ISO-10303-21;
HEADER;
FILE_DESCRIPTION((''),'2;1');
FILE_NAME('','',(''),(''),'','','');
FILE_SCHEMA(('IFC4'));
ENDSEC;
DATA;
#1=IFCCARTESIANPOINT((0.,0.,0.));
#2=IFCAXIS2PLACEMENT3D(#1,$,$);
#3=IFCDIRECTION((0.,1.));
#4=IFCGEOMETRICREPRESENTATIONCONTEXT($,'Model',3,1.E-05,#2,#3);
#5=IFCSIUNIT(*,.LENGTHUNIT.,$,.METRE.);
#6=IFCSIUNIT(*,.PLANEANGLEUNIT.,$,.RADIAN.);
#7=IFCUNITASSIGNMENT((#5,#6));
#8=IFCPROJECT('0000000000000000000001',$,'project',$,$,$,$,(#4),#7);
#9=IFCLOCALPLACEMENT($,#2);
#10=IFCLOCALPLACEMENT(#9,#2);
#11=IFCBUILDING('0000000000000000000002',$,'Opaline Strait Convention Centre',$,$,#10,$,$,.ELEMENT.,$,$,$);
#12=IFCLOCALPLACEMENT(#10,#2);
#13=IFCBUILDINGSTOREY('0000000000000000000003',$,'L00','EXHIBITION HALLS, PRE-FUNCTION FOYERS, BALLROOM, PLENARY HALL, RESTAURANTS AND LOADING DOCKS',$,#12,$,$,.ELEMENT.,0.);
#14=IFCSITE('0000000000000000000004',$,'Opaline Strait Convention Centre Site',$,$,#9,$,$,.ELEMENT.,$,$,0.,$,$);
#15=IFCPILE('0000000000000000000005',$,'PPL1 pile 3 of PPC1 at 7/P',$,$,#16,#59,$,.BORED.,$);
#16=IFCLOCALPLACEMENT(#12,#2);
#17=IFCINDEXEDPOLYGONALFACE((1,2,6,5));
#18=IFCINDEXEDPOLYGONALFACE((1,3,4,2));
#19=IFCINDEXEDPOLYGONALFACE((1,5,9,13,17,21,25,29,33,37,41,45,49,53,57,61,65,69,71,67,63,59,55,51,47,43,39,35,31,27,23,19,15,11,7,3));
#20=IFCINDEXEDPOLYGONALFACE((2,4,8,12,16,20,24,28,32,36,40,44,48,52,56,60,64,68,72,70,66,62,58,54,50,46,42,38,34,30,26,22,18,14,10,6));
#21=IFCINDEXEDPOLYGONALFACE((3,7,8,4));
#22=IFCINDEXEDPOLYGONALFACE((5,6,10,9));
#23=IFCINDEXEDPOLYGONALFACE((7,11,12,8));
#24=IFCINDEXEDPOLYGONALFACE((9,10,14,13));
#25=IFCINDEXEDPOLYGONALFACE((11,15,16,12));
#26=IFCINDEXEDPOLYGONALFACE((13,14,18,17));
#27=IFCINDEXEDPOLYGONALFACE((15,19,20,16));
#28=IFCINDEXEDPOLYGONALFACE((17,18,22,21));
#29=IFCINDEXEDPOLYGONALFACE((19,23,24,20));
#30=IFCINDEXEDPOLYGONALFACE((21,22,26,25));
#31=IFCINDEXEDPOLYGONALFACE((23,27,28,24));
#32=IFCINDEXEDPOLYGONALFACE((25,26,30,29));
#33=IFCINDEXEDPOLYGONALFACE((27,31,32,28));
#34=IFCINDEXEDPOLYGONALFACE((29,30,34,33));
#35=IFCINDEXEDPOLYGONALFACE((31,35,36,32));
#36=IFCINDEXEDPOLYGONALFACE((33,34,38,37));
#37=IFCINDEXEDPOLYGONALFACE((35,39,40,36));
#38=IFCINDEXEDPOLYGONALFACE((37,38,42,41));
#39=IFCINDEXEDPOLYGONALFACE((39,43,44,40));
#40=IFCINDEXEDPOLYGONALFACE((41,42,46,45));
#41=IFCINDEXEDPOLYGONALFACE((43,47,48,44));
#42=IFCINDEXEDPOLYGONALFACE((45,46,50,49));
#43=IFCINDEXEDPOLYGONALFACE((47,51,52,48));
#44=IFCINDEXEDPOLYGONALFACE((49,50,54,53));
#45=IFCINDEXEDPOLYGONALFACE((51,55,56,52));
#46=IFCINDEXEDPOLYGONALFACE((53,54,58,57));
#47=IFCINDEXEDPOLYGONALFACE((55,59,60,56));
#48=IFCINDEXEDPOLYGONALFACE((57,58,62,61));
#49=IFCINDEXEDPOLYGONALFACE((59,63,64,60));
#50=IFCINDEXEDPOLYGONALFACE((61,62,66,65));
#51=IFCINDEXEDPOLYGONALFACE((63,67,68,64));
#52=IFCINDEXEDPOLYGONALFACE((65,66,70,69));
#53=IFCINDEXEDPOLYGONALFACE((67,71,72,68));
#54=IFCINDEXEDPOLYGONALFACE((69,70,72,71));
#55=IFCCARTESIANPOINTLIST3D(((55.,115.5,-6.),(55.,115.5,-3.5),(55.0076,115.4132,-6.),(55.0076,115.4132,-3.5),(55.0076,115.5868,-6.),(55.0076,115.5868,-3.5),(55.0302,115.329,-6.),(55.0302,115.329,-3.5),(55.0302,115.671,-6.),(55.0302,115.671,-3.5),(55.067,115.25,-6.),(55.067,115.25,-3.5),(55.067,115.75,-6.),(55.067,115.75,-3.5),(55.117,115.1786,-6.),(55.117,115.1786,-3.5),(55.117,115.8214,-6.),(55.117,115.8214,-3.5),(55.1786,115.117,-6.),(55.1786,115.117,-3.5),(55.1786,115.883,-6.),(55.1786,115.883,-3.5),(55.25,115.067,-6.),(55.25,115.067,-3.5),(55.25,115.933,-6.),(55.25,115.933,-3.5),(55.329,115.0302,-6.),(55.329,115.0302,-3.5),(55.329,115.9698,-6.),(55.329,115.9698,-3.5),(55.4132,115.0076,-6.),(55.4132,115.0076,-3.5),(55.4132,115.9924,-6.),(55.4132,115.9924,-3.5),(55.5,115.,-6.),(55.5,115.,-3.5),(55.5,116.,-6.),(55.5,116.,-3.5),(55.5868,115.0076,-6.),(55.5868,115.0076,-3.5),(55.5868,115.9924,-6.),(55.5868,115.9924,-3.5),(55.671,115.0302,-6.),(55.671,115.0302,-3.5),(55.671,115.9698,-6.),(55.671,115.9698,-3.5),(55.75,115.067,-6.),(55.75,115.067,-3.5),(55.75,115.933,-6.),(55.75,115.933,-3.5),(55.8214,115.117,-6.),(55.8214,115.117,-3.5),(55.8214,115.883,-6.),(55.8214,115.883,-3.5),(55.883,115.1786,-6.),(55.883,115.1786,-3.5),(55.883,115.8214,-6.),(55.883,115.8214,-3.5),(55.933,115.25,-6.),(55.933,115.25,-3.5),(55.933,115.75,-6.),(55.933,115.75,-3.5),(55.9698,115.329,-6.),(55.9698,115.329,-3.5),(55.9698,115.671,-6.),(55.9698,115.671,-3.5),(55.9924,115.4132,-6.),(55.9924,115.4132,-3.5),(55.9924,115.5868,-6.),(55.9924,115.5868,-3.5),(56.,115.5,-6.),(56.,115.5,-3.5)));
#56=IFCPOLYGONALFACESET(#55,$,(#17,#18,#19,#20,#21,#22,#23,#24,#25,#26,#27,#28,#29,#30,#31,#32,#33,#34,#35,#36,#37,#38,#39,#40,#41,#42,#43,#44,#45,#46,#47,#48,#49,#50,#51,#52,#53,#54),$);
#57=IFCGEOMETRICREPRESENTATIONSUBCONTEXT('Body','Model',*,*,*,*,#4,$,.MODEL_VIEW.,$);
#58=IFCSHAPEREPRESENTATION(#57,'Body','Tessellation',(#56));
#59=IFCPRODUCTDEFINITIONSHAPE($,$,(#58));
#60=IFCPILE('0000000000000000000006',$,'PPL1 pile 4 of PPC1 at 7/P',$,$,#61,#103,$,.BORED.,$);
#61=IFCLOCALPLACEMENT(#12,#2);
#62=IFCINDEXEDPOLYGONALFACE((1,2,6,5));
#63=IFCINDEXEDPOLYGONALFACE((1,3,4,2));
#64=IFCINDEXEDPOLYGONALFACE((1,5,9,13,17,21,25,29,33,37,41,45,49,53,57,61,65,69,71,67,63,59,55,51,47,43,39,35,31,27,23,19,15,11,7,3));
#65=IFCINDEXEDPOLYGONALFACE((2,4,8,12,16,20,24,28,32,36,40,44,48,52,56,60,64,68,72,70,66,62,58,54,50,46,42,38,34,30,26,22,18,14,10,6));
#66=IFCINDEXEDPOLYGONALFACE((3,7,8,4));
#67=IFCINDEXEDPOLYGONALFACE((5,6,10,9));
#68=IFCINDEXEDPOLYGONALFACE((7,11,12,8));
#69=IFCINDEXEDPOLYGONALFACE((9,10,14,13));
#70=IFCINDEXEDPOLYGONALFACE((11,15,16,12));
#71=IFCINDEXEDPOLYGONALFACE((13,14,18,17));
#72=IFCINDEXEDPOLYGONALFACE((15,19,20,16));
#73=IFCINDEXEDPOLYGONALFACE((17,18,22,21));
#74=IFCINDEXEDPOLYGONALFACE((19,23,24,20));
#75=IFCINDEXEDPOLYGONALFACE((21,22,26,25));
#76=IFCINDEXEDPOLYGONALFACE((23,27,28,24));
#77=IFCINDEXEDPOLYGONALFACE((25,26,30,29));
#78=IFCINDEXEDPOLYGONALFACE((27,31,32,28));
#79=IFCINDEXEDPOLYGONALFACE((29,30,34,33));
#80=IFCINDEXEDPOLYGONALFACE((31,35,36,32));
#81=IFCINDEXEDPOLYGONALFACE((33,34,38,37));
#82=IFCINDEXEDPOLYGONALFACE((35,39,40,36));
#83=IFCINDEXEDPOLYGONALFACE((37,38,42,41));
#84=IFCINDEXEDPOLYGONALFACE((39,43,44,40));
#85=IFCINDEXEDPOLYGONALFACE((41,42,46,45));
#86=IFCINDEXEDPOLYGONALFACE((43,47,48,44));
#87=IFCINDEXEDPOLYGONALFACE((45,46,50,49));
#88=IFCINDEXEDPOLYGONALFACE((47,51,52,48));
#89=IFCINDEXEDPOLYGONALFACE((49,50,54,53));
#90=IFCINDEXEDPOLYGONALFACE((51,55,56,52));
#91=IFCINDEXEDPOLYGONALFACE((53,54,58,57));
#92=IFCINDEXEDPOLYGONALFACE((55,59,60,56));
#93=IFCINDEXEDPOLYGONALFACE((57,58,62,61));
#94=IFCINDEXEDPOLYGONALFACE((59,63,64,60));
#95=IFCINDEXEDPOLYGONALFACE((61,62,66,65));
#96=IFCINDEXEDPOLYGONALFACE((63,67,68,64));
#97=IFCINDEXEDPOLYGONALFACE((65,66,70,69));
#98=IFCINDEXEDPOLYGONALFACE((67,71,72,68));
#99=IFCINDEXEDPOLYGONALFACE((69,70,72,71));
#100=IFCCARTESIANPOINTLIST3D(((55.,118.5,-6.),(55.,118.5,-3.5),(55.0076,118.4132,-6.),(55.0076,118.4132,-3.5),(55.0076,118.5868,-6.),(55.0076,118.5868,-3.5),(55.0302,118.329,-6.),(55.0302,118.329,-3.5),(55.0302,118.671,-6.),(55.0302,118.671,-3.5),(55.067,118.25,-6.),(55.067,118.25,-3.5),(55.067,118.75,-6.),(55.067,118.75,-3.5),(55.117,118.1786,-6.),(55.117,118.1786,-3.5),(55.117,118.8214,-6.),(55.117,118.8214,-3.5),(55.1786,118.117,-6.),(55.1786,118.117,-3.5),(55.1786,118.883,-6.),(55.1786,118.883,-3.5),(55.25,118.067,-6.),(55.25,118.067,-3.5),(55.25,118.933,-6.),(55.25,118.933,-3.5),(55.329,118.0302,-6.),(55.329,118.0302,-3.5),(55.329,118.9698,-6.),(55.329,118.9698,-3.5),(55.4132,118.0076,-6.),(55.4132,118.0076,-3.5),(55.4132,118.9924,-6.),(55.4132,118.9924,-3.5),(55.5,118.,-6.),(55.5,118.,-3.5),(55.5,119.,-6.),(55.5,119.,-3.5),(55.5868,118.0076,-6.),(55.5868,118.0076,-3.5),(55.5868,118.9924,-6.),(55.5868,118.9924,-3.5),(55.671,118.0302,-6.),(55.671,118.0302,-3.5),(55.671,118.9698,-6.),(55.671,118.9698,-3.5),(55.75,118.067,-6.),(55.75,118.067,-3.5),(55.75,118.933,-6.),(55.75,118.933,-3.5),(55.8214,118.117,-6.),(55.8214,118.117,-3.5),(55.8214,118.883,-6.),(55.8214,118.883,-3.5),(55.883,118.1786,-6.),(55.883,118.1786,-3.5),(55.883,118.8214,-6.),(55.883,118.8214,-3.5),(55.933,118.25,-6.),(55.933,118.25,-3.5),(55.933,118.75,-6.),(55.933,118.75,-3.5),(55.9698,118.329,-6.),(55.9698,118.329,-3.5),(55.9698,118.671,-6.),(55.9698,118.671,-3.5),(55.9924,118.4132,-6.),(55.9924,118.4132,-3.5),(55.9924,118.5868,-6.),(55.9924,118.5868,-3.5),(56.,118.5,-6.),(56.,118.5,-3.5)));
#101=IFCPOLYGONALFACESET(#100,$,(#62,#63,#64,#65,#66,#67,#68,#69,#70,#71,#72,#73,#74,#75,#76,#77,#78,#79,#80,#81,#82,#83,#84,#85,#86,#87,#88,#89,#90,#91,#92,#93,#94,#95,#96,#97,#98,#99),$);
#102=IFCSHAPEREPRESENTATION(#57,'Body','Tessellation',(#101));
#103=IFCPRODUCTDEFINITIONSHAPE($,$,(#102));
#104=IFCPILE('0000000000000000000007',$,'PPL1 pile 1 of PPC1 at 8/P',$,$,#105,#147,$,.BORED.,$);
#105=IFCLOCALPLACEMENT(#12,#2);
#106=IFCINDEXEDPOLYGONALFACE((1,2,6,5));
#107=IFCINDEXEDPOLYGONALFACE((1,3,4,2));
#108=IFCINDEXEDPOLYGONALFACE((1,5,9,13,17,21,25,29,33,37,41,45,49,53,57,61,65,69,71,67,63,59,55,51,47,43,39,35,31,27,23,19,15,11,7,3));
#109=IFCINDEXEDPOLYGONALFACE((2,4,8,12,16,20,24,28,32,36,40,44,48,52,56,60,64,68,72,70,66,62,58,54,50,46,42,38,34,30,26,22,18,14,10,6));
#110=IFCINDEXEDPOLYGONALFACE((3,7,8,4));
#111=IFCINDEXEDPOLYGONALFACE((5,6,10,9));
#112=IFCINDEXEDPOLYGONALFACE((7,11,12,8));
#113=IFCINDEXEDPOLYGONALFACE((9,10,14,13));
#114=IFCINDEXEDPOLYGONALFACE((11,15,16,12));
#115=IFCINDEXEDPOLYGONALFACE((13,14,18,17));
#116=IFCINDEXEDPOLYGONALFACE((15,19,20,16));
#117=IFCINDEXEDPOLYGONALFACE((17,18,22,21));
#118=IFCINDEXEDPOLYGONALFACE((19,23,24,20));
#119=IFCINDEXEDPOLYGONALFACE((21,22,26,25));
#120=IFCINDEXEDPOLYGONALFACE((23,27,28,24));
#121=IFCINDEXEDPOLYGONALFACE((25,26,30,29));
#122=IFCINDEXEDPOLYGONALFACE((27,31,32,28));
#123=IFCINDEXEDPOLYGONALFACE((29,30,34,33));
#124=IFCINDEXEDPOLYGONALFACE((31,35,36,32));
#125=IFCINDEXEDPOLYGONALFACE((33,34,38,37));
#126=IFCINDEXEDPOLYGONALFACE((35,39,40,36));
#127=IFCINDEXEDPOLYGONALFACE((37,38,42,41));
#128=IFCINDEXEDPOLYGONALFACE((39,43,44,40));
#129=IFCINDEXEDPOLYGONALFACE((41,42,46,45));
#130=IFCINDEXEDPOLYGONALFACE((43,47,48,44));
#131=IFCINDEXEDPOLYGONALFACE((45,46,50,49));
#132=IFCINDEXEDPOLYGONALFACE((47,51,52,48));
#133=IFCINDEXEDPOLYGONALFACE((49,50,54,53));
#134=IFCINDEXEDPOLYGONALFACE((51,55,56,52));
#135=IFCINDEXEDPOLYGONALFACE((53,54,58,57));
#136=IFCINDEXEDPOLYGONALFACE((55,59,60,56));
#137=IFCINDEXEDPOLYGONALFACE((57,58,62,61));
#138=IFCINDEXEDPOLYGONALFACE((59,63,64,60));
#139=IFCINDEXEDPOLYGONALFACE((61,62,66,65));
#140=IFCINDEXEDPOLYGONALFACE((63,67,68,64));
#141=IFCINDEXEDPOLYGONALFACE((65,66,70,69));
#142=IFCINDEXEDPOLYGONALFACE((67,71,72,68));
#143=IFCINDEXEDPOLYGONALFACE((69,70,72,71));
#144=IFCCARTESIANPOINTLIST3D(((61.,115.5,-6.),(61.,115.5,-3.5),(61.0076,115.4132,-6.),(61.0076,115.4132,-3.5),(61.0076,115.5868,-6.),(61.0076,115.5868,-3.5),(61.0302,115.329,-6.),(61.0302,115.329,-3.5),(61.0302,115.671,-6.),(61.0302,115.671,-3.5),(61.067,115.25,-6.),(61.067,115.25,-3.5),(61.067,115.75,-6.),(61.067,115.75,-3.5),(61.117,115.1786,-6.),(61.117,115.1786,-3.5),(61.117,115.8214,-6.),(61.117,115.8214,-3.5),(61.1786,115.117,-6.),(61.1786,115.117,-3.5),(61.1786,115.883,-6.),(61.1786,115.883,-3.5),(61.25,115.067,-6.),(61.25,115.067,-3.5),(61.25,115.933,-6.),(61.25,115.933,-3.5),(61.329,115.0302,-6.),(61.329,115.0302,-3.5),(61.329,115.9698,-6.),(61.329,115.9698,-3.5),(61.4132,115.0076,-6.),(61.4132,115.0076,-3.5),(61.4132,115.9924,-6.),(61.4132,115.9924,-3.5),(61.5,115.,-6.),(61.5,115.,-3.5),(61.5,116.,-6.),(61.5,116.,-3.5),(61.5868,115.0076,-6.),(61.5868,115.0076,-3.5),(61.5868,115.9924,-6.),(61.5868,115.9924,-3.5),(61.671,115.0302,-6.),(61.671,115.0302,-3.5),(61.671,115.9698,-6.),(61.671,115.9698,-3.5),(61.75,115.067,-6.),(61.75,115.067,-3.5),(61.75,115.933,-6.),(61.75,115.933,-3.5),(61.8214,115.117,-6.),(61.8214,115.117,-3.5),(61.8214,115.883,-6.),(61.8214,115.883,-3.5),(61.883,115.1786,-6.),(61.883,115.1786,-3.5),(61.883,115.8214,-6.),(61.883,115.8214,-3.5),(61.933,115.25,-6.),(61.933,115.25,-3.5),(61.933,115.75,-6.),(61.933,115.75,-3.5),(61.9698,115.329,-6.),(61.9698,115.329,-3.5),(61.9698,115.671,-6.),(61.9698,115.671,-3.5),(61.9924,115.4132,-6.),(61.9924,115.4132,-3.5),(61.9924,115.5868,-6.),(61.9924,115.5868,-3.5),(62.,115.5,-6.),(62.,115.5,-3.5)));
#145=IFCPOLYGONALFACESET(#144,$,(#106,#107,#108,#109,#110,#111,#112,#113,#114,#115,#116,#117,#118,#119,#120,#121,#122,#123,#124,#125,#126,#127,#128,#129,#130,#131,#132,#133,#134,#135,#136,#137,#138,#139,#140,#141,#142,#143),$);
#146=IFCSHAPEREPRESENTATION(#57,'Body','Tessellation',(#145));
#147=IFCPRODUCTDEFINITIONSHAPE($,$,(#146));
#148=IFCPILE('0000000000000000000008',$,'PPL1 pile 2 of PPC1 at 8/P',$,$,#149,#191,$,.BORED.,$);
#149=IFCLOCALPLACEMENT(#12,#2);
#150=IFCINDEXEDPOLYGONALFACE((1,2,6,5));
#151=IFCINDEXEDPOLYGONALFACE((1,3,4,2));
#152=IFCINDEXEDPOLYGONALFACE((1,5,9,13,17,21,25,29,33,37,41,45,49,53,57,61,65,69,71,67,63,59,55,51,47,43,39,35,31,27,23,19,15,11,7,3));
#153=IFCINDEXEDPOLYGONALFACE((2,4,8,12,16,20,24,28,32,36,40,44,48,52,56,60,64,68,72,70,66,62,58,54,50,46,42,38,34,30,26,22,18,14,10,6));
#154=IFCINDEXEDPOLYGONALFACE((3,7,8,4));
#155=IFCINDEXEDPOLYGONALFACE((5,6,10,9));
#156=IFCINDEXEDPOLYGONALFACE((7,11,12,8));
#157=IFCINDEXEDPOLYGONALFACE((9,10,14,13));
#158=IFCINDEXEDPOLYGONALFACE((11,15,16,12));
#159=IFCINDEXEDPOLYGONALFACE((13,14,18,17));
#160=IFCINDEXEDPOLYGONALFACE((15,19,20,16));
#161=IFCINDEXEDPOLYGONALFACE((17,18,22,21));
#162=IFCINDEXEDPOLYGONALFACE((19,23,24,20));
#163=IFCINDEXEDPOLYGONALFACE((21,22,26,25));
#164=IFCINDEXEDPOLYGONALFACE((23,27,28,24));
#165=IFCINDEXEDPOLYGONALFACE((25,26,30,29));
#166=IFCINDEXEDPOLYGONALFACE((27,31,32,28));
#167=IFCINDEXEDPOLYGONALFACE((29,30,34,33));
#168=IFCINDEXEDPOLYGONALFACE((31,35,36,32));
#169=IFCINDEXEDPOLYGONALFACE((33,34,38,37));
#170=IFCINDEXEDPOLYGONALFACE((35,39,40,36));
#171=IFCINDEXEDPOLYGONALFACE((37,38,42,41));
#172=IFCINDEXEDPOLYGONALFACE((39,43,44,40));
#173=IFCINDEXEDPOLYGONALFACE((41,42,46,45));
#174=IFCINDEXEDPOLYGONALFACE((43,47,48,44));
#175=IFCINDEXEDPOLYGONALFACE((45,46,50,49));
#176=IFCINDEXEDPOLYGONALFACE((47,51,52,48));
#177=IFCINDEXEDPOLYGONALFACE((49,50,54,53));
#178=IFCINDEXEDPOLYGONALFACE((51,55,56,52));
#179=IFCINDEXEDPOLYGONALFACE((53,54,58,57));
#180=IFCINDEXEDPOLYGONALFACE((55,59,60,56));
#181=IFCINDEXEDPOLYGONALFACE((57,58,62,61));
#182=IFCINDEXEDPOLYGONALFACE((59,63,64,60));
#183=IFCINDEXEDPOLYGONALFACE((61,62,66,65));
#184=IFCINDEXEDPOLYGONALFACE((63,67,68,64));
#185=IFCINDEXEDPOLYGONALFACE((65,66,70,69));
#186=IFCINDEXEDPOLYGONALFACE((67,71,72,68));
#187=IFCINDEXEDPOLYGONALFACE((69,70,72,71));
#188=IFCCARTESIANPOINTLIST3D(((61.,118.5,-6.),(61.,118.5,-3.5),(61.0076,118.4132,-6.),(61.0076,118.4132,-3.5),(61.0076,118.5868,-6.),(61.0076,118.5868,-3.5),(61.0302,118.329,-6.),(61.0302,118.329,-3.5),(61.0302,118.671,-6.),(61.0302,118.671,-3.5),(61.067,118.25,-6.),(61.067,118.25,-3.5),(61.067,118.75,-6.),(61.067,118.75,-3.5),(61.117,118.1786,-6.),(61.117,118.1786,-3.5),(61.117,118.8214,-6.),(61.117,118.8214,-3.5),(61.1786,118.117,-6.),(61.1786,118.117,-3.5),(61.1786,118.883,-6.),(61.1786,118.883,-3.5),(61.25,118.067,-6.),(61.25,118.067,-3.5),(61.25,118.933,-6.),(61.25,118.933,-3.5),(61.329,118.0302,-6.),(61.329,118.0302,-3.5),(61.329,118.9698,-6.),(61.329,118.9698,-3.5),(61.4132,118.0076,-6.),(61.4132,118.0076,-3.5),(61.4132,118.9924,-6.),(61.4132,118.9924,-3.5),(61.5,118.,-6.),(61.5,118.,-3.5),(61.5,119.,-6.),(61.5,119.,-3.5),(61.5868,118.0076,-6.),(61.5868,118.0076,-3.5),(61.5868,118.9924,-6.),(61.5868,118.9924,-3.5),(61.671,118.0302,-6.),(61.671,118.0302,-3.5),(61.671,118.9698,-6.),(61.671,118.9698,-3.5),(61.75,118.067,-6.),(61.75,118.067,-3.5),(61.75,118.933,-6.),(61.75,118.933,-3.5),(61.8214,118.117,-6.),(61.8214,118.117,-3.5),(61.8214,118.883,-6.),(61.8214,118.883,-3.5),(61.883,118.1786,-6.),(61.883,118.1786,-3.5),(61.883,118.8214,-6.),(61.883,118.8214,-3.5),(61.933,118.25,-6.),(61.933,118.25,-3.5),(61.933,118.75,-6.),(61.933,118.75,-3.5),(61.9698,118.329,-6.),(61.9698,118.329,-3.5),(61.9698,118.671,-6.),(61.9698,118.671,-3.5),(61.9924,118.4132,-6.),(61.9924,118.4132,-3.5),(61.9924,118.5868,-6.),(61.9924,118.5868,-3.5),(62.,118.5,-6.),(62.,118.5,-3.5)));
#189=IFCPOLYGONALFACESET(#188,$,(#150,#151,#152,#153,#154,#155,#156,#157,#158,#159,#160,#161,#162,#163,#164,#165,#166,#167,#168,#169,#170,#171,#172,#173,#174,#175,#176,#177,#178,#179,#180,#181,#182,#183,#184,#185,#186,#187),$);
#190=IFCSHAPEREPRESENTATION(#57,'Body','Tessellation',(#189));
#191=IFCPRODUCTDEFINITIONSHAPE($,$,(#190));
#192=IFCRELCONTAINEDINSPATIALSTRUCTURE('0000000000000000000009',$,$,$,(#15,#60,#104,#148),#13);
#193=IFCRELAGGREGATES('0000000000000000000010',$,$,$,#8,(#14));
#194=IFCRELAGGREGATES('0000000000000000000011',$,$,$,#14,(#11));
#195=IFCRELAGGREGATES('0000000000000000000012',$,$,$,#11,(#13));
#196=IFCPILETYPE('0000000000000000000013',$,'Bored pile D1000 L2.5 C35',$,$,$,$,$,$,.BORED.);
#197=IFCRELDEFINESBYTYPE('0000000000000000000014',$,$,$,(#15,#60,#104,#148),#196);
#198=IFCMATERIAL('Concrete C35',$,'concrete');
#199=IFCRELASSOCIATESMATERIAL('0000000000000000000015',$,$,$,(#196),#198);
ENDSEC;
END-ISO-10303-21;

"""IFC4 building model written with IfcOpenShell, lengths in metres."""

from ifc_helpers import new_model, si_unit, direction, frame, origin, origin_2d, place, context, subcontext, project, spatial, circle, extrude, material, material_profile, profile_set, type_object, element, save


model = new_model("IFC4")

# Units and contexts
model_context = context("Model", 3, precision=1e-05, world=origin(), true_north=direction((0.0, 1.0)))
body_context = subcontext(model_context, "Body", "Model", "MODEL_VIEW")
ifc_project = project(units=[si_unit("LENGTHUNIT", "METRE"), si_unit("PLANEANGLEUNIT", "RADIAN")], contexts=[model_context])

# Site, building, storey
site_placement = place(None, origin())
site = spatial("IfcSite", under=ifc_project, at=site_placement, Name="Opaline Strait Convention Centre Site", CompositionType="ELEMENT", RefElevation=0.0)
building_placement = place(site_placement, origin())
building = spatial("IfcBuilding", under=site, at=building_placement, Name="Opaline Strait Convention Centre", CompositionType="ELEMENT")
storey_placement = place(building_placement, origin())
storey = spatial("IfcBuildingStorey", under=building, at=storey_placement, Name="L00", Description="EXHIBITION HALLS, PRE-FUNCTION FOYERS, BALLROOM, PLENARY HALL, RESTAURANTS AND LOADING DOCKS", CompositionType="ELEMENT", Elevation=0.0)

# Piles
ifc_material_1 = material(Name="Concrete C35", Category="concrete")
ifc_material_profile_1 = material_profile(ifc_material_1, circle(Radius=0.5, at=origin_2d()), Name="D1000")
ifc_profile_set_1 = profile_set([ifc_material_profile_1], Name="Concrete C35")
pile_type_1 = type_object("IfcPileType", Name="Bored pile D1000 L2.5 C35", PredefinedType="BORED", material=ifc_profile_set_1)
for number, where, z_axis, x_axis, name in (
    (1, (55.5, 115.5, -3.5), (0.0, 0.0, -1.0), (1.0, 0.0, 0.0), "PPL1 pile 3 of PPC1 at 7/P"),
    (2, (55.5, 118.5, -3.5), (0.0, 0.0, -1.0), (1.0, 0.0, 0.0), "PPL1 pile 4 of PPC1 at 7/P"),
    (3, (61.5, 115.5, -3.5), (0.0, 0.0, -1.0), (1.0, 0.0, 0.0), "PPL1 pile 1 of PPC1 at 8/P"),
    (4, (61.5, 118.5, -3.5), (0.0, 0.0, -1.0), (1.0, 0.0, 0.0), "PPL1 pile 2 of PPC1 at 8/P"),
):
    element("IfcPile", number, at=place(storey_placement, frame(where, z_axis=z_axis, x_axis=x_axis)), inside=storey, type_object=pile_type_1, Name=name, PredefinedType="BORED", context=body_context, shape_type="SweptSolid", body=[
        extrude(circle(Radius=0.5, at=origin_2d()), origin(), (0.0, 0.0, 1.0), 2.5),
    ])

save(model, "model.ifc")
